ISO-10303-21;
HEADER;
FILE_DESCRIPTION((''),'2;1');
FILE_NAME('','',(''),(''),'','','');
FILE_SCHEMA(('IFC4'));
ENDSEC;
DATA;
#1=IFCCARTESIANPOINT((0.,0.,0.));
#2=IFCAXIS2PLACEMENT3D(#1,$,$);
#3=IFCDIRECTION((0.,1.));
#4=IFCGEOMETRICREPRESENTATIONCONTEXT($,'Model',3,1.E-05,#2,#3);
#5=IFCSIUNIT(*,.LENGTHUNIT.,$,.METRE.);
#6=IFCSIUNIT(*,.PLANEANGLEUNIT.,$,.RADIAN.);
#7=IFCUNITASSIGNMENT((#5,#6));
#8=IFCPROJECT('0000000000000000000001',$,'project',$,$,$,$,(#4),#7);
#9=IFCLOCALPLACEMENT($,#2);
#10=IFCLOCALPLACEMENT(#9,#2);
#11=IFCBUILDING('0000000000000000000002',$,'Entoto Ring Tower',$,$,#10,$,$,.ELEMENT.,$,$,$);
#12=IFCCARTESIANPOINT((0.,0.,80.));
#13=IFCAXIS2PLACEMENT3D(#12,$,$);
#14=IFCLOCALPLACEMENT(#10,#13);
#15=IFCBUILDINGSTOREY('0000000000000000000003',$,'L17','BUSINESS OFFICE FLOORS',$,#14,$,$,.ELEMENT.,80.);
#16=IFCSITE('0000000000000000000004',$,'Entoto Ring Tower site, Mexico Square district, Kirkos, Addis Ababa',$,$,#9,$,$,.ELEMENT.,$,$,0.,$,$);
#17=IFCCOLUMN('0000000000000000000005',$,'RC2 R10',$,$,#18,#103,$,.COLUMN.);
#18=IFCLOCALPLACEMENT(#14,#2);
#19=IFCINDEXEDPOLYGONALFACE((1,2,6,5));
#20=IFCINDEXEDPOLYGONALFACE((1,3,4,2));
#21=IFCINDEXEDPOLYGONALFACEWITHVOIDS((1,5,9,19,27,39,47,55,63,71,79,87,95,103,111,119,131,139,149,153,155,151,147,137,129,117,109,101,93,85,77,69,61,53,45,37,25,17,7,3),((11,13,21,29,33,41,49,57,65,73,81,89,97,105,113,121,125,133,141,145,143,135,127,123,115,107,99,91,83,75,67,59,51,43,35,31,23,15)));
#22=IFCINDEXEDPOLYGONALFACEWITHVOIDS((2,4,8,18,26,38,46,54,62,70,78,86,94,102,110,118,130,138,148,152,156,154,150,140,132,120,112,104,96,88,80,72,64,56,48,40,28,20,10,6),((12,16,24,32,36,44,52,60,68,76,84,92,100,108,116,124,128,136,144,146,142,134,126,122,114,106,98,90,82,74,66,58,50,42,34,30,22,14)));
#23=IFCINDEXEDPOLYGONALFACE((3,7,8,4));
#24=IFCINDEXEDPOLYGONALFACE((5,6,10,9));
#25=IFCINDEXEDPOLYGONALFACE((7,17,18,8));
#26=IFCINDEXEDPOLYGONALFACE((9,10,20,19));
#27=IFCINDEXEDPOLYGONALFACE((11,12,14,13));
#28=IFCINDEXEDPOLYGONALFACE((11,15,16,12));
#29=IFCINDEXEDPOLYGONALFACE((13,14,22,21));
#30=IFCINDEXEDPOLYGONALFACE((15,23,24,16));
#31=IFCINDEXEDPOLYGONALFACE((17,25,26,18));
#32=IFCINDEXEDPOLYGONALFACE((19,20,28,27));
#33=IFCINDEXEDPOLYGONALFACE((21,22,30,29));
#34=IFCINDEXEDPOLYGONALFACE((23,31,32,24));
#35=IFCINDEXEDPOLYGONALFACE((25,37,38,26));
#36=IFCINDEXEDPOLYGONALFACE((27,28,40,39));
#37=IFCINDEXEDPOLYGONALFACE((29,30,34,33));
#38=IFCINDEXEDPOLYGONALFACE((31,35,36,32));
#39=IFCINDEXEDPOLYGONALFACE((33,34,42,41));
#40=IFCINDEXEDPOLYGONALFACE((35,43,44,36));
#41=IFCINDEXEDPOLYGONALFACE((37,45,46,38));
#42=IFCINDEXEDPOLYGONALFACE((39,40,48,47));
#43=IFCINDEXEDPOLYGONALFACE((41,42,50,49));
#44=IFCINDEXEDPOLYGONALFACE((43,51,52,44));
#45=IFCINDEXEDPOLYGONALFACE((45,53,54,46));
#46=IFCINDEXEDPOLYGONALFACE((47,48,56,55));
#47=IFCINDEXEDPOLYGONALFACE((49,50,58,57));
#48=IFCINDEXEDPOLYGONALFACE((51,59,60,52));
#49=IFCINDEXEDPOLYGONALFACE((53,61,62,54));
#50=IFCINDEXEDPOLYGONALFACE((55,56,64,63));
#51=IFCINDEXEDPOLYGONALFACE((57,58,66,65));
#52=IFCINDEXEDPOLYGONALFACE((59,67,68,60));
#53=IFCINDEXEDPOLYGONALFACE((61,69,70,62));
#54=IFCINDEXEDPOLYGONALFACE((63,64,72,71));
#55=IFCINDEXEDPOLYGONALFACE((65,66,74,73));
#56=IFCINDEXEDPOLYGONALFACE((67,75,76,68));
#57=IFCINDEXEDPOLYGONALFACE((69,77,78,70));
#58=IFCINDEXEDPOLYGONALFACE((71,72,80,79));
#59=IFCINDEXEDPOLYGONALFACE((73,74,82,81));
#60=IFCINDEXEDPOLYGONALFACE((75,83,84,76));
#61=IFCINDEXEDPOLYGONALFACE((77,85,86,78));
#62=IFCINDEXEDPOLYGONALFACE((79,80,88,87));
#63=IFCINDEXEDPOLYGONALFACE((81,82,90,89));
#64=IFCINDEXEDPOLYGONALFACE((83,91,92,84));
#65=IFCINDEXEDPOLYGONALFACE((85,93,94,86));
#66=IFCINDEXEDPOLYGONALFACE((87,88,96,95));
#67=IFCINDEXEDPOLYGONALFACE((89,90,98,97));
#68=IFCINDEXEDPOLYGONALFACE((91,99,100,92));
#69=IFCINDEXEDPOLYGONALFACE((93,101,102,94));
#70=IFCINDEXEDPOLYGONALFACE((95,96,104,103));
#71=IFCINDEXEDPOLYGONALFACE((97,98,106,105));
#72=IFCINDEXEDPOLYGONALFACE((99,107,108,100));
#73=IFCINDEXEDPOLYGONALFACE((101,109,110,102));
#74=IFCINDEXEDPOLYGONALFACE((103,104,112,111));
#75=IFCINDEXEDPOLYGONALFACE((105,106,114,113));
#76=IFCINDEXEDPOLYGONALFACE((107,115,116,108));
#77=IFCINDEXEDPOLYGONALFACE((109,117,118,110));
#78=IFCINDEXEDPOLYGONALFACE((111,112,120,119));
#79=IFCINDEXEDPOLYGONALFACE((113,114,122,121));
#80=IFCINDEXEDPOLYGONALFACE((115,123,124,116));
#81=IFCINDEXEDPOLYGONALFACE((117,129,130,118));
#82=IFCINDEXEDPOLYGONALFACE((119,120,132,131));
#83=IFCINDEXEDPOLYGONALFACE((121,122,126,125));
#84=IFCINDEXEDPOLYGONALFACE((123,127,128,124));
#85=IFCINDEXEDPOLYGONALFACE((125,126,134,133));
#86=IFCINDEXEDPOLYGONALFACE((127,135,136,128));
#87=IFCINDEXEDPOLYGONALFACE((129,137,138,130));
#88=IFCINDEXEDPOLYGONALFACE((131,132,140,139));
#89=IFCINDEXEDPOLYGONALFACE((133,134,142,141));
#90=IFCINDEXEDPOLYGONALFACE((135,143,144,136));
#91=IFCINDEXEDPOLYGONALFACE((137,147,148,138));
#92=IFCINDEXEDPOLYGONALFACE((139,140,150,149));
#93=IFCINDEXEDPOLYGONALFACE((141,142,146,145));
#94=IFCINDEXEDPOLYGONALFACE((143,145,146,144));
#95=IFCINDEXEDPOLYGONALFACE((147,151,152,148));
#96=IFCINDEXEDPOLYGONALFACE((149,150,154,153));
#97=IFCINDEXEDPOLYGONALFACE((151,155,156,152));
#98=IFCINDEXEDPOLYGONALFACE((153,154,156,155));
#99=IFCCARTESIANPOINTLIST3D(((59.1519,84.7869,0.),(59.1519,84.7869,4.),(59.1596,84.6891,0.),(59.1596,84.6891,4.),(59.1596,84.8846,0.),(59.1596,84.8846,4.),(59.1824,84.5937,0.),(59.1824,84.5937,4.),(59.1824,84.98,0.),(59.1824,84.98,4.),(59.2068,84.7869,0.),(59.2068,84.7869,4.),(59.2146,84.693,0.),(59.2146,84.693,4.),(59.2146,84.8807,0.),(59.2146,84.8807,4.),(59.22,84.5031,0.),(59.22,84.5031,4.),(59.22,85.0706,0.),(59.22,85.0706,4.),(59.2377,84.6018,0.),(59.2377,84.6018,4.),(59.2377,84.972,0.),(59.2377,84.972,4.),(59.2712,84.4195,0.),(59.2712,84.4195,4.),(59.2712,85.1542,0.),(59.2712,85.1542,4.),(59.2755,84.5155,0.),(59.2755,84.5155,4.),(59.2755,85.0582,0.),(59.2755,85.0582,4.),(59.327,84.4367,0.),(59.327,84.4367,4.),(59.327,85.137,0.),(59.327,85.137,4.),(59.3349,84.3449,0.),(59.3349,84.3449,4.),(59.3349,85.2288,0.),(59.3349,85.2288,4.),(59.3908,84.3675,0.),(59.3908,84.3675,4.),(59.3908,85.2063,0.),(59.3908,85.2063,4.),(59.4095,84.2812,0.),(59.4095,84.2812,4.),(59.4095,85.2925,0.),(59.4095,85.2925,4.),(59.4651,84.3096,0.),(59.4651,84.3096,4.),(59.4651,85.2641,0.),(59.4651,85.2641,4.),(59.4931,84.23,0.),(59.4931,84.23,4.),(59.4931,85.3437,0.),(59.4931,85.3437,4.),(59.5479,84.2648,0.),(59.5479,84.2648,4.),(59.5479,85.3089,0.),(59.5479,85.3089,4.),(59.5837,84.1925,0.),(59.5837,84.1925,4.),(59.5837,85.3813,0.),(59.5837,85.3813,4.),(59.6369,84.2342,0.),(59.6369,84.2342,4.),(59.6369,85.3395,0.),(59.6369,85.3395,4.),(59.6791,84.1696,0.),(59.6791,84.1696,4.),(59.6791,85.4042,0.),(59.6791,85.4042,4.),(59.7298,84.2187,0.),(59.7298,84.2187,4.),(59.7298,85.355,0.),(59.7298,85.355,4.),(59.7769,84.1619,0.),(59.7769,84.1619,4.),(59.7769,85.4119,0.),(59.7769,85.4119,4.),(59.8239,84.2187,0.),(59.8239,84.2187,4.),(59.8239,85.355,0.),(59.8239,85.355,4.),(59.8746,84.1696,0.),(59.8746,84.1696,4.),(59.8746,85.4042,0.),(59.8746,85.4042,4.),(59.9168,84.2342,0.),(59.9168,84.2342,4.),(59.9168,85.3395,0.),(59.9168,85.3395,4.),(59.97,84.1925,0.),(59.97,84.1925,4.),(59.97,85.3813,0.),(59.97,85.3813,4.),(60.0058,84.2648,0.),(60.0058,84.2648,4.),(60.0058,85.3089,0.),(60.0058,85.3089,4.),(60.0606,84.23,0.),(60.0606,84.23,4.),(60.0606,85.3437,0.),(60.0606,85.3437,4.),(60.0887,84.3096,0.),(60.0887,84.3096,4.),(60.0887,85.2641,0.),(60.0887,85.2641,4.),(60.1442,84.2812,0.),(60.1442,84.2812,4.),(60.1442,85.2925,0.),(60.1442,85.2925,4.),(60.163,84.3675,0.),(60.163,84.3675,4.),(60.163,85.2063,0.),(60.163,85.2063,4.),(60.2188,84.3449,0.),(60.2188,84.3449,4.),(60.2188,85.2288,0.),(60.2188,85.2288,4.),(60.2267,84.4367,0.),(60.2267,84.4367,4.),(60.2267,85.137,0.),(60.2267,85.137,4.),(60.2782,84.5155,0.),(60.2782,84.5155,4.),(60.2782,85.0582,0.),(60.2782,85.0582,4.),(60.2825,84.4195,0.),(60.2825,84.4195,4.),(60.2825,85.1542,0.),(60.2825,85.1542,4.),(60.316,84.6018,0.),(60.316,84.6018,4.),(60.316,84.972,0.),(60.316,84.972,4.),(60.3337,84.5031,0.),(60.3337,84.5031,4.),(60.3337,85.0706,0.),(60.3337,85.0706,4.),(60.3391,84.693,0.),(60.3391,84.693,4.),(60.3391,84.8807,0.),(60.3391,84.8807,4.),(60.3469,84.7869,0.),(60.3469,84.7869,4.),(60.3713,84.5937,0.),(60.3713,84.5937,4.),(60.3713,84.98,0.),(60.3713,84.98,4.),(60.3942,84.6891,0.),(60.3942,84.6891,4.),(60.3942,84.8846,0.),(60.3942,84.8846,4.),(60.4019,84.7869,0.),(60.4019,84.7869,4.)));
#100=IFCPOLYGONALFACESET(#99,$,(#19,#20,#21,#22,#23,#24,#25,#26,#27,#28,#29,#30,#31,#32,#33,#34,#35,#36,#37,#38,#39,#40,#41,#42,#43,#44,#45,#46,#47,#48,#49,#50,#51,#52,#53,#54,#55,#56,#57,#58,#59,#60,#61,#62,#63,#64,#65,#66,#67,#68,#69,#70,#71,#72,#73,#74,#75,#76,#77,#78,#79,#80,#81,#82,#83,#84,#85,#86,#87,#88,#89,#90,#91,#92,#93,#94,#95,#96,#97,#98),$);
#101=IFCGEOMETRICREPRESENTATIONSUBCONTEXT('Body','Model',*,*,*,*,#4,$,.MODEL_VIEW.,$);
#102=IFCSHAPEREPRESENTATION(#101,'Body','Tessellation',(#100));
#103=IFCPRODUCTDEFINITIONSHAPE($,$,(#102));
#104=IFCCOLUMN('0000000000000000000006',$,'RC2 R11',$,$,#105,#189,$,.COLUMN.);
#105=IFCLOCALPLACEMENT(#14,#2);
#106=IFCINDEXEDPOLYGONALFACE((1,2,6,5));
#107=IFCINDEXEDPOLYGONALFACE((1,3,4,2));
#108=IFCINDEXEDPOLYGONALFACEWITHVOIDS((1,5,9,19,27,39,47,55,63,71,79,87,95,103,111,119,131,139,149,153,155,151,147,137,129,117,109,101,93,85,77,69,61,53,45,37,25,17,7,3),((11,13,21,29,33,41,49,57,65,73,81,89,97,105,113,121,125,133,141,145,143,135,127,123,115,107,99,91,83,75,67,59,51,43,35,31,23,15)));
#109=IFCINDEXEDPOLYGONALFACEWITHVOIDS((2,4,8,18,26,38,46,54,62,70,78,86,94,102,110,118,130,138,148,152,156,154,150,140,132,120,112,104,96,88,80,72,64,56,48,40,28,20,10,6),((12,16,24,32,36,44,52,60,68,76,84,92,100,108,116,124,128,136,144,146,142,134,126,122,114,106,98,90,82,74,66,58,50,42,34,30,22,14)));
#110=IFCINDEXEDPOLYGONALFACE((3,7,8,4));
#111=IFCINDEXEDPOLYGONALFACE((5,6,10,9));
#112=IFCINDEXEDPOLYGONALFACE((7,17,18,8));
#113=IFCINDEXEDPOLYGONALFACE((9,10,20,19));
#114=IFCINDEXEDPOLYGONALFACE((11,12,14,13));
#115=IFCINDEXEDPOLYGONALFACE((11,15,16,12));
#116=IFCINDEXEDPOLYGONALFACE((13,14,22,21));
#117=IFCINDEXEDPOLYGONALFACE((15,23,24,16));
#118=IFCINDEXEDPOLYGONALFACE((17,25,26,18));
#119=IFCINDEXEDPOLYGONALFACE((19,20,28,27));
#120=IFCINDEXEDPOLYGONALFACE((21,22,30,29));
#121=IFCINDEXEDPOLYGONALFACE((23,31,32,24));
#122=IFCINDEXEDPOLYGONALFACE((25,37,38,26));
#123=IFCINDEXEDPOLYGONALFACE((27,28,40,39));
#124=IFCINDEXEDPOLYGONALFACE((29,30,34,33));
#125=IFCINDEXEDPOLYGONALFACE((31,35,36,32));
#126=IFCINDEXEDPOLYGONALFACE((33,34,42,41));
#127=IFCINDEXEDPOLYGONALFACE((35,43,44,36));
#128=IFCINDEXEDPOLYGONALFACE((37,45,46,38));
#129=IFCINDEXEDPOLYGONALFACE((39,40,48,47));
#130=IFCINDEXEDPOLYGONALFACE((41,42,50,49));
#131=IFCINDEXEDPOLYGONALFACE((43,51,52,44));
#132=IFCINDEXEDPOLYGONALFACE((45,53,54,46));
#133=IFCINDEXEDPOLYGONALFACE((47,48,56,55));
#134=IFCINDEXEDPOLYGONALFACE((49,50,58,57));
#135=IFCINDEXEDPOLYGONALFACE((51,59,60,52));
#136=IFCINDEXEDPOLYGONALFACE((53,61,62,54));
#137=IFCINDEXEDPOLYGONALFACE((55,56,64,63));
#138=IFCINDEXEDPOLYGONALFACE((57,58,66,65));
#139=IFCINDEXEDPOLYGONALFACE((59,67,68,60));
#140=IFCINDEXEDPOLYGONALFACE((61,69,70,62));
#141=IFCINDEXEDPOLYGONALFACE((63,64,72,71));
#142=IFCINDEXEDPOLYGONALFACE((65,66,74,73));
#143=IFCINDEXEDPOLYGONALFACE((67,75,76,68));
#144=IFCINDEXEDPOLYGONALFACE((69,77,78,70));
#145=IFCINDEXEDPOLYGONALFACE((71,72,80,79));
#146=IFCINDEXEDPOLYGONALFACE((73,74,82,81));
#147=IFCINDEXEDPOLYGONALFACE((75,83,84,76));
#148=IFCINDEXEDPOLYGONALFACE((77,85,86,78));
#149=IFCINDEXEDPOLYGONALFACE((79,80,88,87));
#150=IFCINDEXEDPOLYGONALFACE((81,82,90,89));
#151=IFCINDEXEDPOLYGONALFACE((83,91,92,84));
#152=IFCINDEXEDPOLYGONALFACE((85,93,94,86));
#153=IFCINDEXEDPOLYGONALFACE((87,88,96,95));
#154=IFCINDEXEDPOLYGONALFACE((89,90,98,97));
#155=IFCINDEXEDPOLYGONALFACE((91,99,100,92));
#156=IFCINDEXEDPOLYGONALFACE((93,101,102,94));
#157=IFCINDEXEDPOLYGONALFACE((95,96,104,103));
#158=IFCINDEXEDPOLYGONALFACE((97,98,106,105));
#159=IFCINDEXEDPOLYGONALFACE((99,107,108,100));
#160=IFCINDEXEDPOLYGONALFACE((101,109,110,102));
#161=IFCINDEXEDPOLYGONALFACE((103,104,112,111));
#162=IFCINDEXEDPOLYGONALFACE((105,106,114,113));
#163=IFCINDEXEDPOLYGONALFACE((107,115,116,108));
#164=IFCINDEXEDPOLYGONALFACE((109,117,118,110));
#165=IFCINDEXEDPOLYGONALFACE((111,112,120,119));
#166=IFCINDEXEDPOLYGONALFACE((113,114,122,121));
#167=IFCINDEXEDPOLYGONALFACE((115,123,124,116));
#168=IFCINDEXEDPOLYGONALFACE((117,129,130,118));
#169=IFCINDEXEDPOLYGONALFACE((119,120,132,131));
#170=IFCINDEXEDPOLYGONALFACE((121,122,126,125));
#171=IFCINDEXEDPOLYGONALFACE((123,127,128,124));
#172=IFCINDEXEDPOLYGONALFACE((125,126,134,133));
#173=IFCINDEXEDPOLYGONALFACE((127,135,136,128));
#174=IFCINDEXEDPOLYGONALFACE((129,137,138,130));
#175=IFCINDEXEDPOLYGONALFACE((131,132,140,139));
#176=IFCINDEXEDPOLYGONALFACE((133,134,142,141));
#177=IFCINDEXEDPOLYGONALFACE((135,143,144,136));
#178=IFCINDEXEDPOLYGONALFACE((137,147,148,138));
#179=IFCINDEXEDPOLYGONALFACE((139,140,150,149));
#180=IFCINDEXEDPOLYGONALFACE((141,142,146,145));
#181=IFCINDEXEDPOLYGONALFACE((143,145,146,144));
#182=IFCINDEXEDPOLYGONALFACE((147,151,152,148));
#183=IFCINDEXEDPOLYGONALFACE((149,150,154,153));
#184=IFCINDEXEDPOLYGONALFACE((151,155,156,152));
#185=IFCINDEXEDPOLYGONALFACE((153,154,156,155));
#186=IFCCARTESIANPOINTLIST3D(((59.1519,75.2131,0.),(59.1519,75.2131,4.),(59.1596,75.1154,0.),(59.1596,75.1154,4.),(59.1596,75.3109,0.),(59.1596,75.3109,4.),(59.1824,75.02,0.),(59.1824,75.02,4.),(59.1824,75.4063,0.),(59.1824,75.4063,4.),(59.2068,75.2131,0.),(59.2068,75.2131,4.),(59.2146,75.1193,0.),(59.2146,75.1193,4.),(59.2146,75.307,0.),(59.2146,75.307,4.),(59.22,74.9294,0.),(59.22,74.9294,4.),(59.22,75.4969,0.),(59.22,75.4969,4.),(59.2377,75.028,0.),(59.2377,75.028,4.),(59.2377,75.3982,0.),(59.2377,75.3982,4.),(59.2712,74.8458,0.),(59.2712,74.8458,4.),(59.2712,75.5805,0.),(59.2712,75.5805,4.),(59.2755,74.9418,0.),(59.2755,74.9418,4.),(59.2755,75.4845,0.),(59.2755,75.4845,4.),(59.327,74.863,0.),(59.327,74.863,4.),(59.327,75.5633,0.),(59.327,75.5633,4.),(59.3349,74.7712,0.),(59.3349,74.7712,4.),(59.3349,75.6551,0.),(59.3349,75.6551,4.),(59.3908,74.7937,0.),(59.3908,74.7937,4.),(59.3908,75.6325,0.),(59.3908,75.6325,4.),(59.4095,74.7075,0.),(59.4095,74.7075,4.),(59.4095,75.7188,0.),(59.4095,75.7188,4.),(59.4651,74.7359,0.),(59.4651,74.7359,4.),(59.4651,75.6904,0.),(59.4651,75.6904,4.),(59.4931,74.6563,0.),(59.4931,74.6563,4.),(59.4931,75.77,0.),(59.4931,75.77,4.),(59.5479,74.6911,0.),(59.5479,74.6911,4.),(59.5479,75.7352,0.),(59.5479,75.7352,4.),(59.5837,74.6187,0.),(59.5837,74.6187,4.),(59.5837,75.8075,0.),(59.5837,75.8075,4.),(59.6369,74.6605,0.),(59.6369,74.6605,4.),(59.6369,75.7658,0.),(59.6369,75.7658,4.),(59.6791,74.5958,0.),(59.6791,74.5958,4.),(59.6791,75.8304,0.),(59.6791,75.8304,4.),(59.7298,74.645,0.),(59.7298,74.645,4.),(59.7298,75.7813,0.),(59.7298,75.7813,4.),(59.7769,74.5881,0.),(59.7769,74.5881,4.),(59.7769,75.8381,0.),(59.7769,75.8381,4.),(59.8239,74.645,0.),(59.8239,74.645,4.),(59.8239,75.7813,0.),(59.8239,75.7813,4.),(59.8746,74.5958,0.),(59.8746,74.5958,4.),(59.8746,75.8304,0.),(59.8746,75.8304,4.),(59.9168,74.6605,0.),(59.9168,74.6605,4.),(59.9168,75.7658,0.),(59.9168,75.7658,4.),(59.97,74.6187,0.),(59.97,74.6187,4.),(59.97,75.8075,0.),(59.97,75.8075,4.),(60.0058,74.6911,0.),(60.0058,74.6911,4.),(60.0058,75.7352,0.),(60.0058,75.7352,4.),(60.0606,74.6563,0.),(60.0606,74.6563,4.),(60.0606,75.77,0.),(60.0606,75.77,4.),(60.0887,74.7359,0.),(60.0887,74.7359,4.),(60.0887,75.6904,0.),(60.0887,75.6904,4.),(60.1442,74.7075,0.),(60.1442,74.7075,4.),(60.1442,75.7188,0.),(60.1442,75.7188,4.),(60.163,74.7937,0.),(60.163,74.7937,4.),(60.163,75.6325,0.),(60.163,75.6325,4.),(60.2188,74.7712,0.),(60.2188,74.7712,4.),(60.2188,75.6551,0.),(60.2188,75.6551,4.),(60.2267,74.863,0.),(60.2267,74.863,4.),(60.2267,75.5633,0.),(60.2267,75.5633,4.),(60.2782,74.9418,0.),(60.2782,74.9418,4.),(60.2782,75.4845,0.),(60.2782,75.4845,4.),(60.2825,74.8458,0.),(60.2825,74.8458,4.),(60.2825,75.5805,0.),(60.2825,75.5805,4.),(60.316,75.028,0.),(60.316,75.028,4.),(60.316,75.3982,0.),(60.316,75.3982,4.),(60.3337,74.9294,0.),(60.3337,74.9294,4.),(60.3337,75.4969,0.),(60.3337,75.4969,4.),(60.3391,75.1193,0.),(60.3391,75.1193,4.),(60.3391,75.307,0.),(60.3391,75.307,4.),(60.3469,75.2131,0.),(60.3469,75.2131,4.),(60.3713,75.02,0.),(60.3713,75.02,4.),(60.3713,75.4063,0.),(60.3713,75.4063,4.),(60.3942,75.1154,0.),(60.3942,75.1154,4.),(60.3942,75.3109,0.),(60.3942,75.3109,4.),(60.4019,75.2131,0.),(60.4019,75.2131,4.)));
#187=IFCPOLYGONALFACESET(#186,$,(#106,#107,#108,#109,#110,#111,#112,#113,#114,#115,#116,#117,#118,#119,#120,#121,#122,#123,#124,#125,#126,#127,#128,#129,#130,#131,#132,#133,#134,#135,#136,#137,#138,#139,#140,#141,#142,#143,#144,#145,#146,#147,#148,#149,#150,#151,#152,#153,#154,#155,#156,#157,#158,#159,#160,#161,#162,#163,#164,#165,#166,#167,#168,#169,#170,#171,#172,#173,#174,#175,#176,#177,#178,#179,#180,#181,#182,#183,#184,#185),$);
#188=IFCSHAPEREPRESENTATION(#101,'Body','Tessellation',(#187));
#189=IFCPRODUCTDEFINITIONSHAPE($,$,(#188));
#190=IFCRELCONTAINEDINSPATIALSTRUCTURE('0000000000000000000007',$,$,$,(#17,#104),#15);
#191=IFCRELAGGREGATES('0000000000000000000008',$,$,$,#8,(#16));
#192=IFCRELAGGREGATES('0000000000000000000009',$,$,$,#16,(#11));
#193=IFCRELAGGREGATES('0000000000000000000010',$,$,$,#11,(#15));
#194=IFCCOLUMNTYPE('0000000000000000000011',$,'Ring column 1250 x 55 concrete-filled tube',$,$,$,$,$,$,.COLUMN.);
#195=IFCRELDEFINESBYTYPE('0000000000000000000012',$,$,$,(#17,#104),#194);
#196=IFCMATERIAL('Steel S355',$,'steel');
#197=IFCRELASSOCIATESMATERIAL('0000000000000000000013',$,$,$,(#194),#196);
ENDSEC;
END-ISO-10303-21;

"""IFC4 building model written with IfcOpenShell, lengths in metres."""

from ifc_helpers import new_model, si_unit, direction, frame, origin, origin_2d, place, context, subcontext, project, spatial, circle, hollow_circle, extrude, material, material_profile, profile_set, type_object, element, save


model = new_model("IFC4")

# Units and contexts
model_context = context("Model", 3, precision=1e-05, world=origin(), true_north=direction((0.0, 1.0)))
body_context = subcontext(model_context, "Body", "Model", "MODEL_VIEW")
ifc_project = project(units=[si_unit("LENGTHUNIT", "METRE"), si_unit("PLANEANGLEUNIT", "RADIAN")], contexts=[model_context])

# Site, building, storey
site_placement = place(None, origin())
site = spatial("IfcSite", under=ifc_project, at=site_placement, Name="Entoto Ring Tower site, Mexico Square district, Kirkos, Addis Ababa", CompositionType="ELEMENT", RefElevation=0.0)
building_placement = place(site_placement, origin())
building = spatial("IfcBuilding", under=site, at=building_placement, Name="Entoto Ring Tower", CompositionType="ELEMENT")
storey_placement = place(building_placement, frame((0.0, 0.0, 80.0)))
storey = spatial("IfcBuildingStorey", under=building, at=storey_placement, Name="L17", Description="BUSINESS OFFICE FLOORS", CompositionType="ELEMENT", Elevation=80.0)

# Columns
ifc_material_1 = material(Name="Steel S355", Category="steel")
ifc_material_profile_1 = material_profile(ifc_material_1, hollow_circle(Radius=0.625, WallThickness=0.0549, at=origin_2d()), Name="CHS 1250 x 55")
ifc_material_2 = material(Name="Concrete C60/75", Category="concrete")
ifc_material_profile_2 = material_profile(ifc_material_2, circle(Radius=0.5701, at=origin_2d()), Name="Concrete C60/75 infill")
ifc_profile_set_1 = profile_set([ifc_material_profile_1, ifc_material_profile_2], Name="Steel S355")
column_type = type_object("IfcColumnType", Name="Ring column 1250 x 55 concrete-filled tube", PredefinedType="COLUMN", material=ifc_profile_set_1)
for number, where, z_axis, x_axis, name in (
    (1, (59.7769, 84.7869, 0.0), (0.0, 0.0, 1.0), (1.0, 0.0, 0.0), "RC2 R10"),
    (2, (59.7769, 75.2131, 0.0), (0.0, 0.0, 1.0), (1.0, 0.0, 0.0), "RC2 R11"),
):
    element("IfcColumn", number, at=place(storey_placement, frame(where, z_axis=z_axis, x_axis=x_axis)), inside=storey, type_object=column_type, Name=name, PredefinedType="COLUMN", context=body_context, shape_type="SweptSolid", body=[
        extrude(hollow_circle(Radius=0.625, WallThickness=0.0549, at=origin_2d()), origin(), (0.0, 0.0, 1.0), 4.0),
    ])

save(model, "model.ifc")
